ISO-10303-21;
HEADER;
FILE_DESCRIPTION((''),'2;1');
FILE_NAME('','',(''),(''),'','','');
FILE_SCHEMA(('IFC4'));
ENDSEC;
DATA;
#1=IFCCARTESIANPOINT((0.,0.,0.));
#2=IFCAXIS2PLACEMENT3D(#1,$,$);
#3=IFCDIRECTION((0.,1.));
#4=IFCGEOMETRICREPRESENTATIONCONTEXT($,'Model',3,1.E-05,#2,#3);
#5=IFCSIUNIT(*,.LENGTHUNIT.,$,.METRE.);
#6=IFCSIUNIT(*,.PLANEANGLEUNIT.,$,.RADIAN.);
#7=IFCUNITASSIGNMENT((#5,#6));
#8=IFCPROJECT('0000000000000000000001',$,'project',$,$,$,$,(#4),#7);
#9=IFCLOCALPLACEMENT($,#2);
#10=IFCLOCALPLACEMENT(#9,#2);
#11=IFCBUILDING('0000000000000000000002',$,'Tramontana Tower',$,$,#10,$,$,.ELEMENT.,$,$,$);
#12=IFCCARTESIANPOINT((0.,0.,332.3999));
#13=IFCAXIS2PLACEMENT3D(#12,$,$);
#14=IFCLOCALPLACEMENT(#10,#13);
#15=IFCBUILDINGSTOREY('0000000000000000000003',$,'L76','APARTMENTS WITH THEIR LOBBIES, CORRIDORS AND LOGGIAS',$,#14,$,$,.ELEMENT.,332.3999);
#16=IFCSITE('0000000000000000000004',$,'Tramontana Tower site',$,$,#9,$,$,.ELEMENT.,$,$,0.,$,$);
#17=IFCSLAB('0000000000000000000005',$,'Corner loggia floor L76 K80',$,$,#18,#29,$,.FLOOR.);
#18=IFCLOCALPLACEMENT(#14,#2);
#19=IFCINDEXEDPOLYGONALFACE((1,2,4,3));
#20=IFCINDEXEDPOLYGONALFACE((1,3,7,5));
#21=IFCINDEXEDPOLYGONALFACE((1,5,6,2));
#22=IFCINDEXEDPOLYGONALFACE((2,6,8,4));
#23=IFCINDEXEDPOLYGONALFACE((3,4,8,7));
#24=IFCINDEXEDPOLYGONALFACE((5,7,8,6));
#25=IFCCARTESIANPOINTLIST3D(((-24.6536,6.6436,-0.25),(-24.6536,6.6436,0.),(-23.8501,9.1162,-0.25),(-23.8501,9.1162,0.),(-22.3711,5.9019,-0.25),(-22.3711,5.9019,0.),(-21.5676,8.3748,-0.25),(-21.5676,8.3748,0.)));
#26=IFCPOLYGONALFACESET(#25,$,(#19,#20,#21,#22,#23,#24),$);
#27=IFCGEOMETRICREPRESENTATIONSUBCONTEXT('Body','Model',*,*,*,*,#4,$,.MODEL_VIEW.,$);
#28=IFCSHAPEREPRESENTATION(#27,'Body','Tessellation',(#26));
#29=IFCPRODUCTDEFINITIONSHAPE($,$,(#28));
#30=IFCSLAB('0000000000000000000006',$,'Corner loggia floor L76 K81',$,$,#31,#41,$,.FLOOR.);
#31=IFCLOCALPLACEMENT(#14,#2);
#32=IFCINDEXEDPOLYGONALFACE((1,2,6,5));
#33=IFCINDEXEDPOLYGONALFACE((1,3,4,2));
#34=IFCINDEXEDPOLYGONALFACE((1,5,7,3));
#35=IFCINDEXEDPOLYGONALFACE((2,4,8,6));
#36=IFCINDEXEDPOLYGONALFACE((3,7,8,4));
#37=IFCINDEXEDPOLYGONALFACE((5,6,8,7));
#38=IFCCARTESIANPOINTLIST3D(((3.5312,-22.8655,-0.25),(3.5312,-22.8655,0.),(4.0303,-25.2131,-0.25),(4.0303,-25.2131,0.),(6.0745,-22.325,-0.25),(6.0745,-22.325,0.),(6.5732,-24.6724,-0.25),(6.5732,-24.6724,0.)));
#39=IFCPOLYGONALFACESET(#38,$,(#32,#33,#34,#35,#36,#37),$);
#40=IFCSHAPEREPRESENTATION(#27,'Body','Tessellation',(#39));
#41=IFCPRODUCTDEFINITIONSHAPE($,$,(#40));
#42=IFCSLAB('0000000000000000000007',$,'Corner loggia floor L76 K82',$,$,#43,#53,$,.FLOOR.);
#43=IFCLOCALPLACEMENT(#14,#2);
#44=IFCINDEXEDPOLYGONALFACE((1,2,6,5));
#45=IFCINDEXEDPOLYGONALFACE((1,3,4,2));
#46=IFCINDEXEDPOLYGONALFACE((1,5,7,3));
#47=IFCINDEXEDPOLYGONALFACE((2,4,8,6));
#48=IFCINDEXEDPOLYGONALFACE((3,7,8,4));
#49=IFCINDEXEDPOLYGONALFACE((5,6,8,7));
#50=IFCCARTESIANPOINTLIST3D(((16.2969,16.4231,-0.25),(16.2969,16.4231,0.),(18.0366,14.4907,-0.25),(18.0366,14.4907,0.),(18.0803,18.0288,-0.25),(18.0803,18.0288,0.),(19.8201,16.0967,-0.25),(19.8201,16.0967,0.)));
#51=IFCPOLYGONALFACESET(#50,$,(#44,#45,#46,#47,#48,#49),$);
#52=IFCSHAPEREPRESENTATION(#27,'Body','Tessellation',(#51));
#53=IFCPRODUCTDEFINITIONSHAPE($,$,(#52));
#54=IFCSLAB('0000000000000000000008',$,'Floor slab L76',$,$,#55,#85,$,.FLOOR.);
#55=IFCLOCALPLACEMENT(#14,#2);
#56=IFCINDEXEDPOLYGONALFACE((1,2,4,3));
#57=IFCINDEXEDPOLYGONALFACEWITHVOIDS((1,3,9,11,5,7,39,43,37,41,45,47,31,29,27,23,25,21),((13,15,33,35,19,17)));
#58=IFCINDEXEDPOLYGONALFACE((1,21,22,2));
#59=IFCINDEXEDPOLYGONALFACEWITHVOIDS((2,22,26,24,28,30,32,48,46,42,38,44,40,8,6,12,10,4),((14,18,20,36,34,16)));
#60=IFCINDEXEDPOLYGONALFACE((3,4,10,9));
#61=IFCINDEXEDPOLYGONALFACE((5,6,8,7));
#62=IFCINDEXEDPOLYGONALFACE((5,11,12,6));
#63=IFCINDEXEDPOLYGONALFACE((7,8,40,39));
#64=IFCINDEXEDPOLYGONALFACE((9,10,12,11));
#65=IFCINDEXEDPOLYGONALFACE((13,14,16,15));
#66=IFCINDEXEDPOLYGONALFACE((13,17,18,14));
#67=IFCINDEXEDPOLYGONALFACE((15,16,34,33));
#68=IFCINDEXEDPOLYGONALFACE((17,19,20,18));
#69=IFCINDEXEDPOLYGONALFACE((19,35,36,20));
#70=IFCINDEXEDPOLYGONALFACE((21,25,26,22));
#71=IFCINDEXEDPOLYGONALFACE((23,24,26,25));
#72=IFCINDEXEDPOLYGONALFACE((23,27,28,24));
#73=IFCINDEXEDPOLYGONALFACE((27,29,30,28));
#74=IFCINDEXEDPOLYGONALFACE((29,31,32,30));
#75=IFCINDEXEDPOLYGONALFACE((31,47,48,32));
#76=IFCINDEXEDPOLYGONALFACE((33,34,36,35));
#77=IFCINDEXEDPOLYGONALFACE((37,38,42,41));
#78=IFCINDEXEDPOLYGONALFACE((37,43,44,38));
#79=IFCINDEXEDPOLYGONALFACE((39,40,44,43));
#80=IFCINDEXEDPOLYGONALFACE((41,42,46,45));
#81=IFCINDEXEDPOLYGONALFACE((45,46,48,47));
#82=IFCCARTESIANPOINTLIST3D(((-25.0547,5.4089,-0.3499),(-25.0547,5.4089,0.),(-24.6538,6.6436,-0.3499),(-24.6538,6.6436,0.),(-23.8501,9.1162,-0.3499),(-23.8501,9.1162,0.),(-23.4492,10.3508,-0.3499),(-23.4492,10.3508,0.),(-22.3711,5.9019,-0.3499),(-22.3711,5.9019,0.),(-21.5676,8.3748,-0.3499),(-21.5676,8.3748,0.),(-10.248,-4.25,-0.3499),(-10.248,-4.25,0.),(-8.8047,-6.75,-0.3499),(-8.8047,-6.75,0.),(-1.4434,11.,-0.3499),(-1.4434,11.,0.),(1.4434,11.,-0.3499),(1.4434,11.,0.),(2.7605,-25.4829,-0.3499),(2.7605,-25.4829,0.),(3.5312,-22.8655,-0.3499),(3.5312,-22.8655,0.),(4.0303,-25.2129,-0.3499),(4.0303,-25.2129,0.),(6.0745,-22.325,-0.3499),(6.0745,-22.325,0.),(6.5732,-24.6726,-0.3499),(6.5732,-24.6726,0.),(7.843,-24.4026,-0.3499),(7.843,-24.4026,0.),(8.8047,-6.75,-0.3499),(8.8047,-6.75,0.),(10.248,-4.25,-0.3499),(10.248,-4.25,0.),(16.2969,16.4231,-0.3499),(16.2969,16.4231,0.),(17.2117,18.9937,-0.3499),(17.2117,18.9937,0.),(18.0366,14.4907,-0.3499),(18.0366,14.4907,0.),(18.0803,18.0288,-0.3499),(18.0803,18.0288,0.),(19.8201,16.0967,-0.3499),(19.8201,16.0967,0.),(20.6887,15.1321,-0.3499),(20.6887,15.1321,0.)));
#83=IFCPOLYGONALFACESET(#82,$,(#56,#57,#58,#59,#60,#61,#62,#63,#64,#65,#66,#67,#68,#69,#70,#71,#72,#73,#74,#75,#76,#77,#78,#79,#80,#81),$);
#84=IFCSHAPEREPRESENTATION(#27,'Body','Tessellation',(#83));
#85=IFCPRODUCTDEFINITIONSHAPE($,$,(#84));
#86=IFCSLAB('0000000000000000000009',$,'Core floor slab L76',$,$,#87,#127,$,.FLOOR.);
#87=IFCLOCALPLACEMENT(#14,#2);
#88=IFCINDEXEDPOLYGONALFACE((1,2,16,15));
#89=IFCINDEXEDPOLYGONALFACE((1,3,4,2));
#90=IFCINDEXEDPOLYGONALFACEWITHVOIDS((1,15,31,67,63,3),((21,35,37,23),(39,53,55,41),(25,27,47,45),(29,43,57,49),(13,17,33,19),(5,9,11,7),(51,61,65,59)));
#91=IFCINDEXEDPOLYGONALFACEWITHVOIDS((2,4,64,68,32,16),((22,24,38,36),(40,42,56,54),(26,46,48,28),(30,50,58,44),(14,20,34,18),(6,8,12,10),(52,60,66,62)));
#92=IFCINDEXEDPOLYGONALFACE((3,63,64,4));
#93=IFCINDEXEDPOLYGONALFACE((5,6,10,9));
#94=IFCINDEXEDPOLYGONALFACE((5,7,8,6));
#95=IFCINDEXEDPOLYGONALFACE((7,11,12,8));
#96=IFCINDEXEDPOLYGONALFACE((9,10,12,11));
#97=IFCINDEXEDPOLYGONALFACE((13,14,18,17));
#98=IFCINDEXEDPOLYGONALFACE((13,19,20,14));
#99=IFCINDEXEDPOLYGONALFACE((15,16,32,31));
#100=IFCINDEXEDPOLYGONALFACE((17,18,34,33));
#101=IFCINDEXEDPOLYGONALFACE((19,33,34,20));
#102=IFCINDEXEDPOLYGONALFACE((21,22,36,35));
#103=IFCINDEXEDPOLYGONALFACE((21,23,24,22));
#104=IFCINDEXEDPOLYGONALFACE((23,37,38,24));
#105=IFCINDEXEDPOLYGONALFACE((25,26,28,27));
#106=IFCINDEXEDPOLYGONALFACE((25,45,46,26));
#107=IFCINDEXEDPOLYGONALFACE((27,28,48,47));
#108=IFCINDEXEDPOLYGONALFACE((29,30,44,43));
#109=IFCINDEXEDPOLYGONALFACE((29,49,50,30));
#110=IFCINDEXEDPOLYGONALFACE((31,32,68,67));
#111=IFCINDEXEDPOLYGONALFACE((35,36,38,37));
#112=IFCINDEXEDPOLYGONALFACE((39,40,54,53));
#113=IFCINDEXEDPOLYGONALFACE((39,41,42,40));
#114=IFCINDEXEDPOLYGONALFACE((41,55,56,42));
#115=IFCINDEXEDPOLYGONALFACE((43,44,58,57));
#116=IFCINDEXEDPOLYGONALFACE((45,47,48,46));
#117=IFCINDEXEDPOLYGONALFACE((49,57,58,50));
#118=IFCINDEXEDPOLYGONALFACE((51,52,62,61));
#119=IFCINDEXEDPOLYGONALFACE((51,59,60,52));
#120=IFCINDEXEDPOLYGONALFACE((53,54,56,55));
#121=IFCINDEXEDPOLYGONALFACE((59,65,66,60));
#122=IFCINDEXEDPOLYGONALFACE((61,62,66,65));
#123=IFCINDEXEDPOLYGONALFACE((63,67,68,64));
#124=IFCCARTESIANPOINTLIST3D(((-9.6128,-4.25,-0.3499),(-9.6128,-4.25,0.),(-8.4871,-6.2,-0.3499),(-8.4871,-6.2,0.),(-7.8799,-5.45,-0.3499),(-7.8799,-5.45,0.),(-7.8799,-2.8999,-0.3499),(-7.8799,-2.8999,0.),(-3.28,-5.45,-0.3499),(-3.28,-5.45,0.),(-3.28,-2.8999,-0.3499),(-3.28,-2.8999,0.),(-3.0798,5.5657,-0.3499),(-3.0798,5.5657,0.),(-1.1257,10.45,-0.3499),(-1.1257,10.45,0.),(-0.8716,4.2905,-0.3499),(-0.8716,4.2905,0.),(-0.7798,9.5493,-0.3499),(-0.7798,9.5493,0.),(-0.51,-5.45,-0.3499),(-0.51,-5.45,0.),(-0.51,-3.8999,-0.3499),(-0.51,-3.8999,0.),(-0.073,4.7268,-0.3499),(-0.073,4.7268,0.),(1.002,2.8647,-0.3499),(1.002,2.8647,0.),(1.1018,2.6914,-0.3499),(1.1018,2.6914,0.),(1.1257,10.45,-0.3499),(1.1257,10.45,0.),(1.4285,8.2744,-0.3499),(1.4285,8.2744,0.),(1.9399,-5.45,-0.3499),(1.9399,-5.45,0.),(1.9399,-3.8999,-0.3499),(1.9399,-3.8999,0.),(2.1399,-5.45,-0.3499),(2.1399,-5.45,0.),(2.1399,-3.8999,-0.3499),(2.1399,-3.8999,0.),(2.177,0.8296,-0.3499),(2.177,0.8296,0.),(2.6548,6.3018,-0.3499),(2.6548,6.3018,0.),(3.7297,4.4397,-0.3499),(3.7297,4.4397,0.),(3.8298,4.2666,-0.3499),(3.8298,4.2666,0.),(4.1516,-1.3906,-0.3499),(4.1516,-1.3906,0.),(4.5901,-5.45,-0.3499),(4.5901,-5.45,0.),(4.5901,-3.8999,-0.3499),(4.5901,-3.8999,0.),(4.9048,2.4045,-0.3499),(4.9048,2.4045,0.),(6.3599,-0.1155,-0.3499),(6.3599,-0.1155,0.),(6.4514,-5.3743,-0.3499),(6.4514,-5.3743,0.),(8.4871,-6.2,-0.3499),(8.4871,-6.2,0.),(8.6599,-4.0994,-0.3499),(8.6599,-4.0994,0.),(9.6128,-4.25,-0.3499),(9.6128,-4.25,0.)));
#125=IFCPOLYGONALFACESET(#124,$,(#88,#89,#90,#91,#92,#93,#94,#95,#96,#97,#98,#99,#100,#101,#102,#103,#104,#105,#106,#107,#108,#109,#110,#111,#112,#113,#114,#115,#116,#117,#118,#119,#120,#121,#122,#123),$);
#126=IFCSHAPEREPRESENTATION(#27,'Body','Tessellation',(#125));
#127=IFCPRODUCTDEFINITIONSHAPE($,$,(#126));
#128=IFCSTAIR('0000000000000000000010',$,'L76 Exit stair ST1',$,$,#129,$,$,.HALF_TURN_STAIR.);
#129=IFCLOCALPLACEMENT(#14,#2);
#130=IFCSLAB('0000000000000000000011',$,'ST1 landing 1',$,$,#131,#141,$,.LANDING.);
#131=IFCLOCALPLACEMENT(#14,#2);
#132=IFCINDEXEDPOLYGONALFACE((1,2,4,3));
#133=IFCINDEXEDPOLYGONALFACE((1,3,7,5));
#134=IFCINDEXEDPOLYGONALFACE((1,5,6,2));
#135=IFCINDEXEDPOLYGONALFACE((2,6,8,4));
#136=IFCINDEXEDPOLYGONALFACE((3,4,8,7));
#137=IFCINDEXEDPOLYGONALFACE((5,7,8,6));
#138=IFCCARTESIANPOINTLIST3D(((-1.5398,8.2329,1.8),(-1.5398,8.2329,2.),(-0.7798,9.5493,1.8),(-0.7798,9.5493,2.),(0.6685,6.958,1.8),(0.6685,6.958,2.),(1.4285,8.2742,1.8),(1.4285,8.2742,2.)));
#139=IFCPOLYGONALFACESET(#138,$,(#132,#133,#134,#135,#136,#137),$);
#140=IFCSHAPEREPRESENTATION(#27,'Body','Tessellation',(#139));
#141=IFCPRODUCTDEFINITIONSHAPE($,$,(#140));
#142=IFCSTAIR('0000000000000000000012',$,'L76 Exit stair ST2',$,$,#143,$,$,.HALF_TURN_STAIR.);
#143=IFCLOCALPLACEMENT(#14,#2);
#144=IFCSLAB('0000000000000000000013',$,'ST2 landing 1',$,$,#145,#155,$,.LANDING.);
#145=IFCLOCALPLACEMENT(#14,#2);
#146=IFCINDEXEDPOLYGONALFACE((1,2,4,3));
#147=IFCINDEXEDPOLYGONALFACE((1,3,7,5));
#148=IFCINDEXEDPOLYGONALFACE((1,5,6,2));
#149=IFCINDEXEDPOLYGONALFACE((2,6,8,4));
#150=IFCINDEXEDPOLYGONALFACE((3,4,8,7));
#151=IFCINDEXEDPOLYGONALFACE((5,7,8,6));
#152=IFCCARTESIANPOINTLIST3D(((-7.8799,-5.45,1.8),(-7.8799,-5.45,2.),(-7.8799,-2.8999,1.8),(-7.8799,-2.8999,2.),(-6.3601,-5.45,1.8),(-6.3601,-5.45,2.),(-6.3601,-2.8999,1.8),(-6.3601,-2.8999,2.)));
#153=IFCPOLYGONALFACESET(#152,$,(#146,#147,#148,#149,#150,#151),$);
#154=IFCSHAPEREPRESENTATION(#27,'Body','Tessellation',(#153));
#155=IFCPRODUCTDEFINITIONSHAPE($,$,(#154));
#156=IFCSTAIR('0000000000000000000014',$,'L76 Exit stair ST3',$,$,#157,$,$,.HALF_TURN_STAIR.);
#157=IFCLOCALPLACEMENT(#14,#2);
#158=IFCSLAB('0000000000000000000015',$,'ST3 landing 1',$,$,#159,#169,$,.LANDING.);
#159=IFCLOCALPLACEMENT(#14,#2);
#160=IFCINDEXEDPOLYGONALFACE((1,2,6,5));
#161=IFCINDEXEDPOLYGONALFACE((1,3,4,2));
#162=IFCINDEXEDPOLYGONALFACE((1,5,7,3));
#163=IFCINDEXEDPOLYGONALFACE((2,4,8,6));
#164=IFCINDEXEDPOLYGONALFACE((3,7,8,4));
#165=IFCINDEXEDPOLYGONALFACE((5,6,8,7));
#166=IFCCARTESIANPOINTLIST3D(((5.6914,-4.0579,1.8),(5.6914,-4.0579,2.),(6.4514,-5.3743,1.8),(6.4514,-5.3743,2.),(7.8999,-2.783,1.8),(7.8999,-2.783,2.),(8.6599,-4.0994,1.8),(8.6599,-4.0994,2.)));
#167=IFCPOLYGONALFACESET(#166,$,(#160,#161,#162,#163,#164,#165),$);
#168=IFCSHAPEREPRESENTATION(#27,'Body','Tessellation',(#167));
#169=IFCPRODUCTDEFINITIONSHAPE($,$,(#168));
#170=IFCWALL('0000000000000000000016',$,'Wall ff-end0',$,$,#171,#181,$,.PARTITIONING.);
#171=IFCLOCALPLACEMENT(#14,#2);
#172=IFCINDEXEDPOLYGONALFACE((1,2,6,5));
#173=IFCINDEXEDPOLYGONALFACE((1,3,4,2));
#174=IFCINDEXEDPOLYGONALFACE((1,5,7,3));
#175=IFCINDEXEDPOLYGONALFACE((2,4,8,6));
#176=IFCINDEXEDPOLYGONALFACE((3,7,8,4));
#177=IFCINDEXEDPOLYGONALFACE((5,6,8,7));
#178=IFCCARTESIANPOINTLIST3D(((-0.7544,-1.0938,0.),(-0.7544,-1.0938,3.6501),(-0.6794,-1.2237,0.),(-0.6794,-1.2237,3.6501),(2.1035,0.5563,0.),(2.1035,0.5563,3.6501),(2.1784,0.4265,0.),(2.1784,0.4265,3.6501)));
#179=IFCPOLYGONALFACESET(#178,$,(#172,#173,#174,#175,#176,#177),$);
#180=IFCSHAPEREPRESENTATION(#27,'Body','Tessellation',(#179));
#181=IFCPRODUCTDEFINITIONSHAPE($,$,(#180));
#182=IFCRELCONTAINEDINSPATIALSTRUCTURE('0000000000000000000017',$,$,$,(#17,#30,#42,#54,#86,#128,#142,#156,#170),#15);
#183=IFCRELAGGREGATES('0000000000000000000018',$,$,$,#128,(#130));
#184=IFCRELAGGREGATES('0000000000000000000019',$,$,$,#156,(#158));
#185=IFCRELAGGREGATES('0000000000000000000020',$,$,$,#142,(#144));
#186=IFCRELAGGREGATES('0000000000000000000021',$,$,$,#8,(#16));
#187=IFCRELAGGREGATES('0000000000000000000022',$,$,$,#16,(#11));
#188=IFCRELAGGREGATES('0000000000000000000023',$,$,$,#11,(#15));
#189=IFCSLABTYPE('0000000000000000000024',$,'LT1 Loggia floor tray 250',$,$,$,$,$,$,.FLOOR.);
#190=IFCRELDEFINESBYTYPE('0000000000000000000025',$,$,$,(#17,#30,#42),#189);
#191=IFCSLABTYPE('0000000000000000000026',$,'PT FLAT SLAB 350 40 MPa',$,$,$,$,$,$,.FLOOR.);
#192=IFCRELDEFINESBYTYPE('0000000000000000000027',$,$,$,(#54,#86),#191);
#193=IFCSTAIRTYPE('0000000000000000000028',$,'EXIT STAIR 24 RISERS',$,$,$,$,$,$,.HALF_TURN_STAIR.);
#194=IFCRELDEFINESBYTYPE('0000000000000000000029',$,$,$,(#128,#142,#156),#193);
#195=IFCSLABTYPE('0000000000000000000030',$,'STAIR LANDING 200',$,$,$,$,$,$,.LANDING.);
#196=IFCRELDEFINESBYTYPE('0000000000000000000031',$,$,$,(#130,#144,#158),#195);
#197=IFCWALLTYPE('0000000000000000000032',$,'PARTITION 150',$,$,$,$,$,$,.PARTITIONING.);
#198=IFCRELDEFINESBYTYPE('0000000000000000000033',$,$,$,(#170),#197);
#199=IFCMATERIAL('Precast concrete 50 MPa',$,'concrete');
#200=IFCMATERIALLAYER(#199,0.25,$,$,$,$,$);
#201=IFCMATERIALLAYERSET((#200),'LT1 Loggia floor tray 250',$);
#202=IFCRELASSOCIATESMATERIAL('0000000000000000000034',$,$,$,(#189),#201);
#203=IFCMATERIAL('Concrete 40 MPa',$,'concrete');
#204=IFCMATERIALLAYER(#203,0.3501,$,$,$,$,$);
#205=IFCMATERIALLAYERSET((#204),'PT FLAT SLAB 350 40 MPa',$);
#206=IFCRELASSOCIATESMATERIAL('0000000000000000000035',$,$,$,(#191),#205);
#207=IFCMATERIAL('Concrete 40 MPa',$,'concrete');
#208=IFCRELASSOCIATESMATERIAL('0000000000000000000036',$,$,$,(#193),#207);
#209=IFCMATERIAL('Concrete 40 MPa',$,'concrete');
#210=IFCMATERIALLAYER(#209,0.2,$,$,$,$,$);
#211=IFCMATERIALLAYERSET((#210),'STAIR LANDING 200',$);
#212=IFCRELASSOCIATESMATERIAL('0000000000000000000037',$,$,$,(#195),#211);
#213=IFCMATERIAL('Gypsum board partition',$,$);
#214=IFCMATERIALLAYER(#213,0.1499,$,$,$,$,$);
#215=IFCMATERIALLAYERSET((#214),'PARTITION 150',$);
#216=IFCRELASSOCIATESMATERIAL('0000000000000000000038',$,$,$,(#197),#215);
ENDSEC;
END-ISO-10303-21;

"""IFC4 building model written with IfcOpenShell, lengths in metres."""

from ifc_helpers import new_model, si_unit, direction, frame, frame_2d, origin, place, context, subcontext, project, spatial, polyline, rectangle, outline, extrude, material, layer, layer_set, type_object, element, aggregate, save


model = new_model("IFC4")

# Units and contexts
model_context = context("Model", 3, precision=1e-05, world=origin(), true_north=direction((0.0, 1.0)))
body_context = subcontext(model_context, "Body", "Model", "MODEL_VIEW")
ifc_project = project(units=[si_unit("LENGTHUNIT", "METRE"), si_unit("PLANEANGLEUNIT", "RADIAN")], contexts=[model_context])

# Site, building, storey
site_placement = place(None, origin())
site = spatial("IfcSite", under=ifc_project, at=site_placement, Name="Tramontana Tower site", CompositionType="ELEMENT", RefElevation=0.0)
building_placement = place(site_placement, origin())
building = spatial("IfcBuilding", under=site, at=building_placement, Name="Tramontana Tower", CompositionType="ELEMENT")
storey_placement = place(building_placement, frame((0.0, 0.0, 332.3999)))
storey = spatial("IfcBuildingStorey", under=building, at=storey_placement, Name="L76", Description="APARTMENTS WITH THEIR LOBBIES, CORRIDORS AND LOGGIAS", CompositionType="ELEMENT", Elevation=332.3999)

# Slabs
ifc_material_1 = material(Name="Precast concrete 50 MPa", Category="concrete")
ifc_layer_1 = layer(ifc_material_1, 0.25)
ifc_layer_set_1 = layer_set([ifc_layer_1], Name="LT1 Loggia floor tray 250")
slab_type_1 = type_object("IfcSlabType", Name="LT1 Loggia floor tray 250", PredefinedType="FLOOR", material=ifc_layer_set_1)
slab_1_placement = place(storey_placement, frame((0.0, 0.0, -0.25)))
element("IfcSlab", 1, at=slab_1_placement, inside=storey, type_object=slab_type_1, Name="Corner loggia floor L76 K80", PredefinedType="FLOOR", context=body_context, shape_type="SweptSolid", body=[
    extrude(outline(polyline([(-23.8501, 9.1162), (-21.5676, 8.3748), (-22.3711, 5.9019), (-24.6536, 6.6436), (-23.8501, 9.1162)])), origin(), (0.0, 0.0, 1.0), 0.25),
])
slab_2_placement = place(storey_placement, frame((0.0, 0.0, -0.25)))
element("IfcSlab", 2, at=slab_2_placement, inside=storey, type_object=slab_type_1, Name="Corner loggia floor L76 K81", PredefinedType="FLOOR", context=body_context, shape_type="SweptSolid", body=[
    extrude(outline(polyline([(4.0303, -25.2131), (3.5312, -22.8655), (6.0745, -22.325), (6.5732, -24.6724), (4.0303, -25.2131)])), origin(), (0.0, 0.0, 1.0), 0.25),
])
slab_3_placement = place(storey_placement, frame((0.0, 0.0, -0.25)))
element("IfcSlab", 3, at=slab_3_placement, inside=storey, type_object=slab_type_1, Name="Corner loggia floor L76 K82", PredefinedType="FLOOR", context=body_context, shape_type="SweptSolid", body=[
    extrude(outline(polyline([(19.8201, 16.0967), (18.0366, 14.4907), (16.2969, 16.4231), (18.0803, 18.0288), (19.8201, 16.0967)])), origin(), (0.0, 0.0, 1.0), 0.25),
])
ifc_material_2 = material(Name="Concrete 40 MPa", Category="concrete")
ifc_layer_2 = layer(ifc_material_2, 0.3501)
ifc_layer_set_2 = layer_set([ifc_layer_2], Name="PT FLAT SLAB 350 40 MPa")
slab_type_2 = type_object("IfcSlabType", Name="PT FLAT SLAB 350 40 MPa", PredefinedType="FLOOR", material=ifc_layer_set_2)
slab_4_placement = place(storey_placement, frame((0.0, 0.0, -0.3499)))
element("IfcSlab", 4, at=slab_4_placement, inside=storey, type_object=slab_type_2, Name="Floor slab L76", PredefinedType="FLOOR", context=body_context, shape_type="SweptSolid", body=[
    extrude(outline(polyline([(18.0803, 18.0288), (16.2969, 16.4231), (18.0366, 14.4907), (19.8201, 16.0967), (20.6887, 15.1321), (7.843, -24.4026), (6.5732, -24.6726), (6.0745, -22.325), (3.5312, -22.8655), (4.0303, -25.2129), (2.7605, -25.4829), (-25.0547, 5.4089), (-24.6538, 6.6436), (-22.3711, 5.9019), (-21.5676, 8.3748), (-23.8501, 9.1162), (-23.4492, 10.3508), (17.2117, 18.9937), (18.0803, 18.0288)]), holes=[polyline([(-10.248, -4.25), (-8.8047, -6.75), (8.8047, -6.75), (10.248, -4.25), (1.4434, 11.0), (-1.4434, 11.0), (-10.248, -4.25)])]), origin(), (0.0, 0.0, 1.0), 0.3499),
])
slab_5_placement = place(storey_placement, frame((0.0, 0.0, -0.3499)))
element("IfcSlab", 5, at=slab_5_placement, inside=storey, type_object=slab_type_2, Name="Core floor slab L76", PredefinedType="FLOOR", context=body_context, shape_type="SweptSolid", body=[
    extrude(outline(polyline([(9.6128, -4.25), (8.4871, -6.2), (-8.4871, -6.2), (-9.6128, -4.25), (-1.1257, 10.45), (1.1257, 10.45), (9.6128, -4.25)]), holes=[polyline([(8.6599, -4.0994), (6.3599, -0.1155), (4.1516, -1.3906), (6.4514, -5.3743), (8.6599, -4.0994)]), polyline([(3.8298, 4.2666), (1.1018, 2.6914), (2.177, 0.8296), (4.9048, 2.4045), (3.8298, 4.2666)]), polyline([(4.5901, -3.8999), (2.1399, -3.8999), (2.1399, -5.45), (4.5901, -5.45), (4.5901, -3.8999)]), polyline([(2.6548, 6.3018), (-0.073, 4.7268), (1.002, 2.8647), (3.7297, 4.4397), (2.6548, 6.3018)]), polyline([(1.9399, -5.45), (1.9399, -3.8999), (-0.51, -3.8999), (-0.51, -5.45), (1.9399, -5.45)]), polyline([(-0.7798, 9.5493), (-3.0798, 5.5657), (-0.8716, 4.2905), (1.4285, 8.2744), (-0.7798, 9.5493)]), polyline([(-7.8799, -5.45), (-3.28, -5.45), (-3.28, -2.8999), (-7.8799, -2.8999), (-7.8799, -5.45)])]), origin(), (0.0, 0.0, 1.0), 0.3499),
])

# Stairs, slabs
ifc_material_3 = material(Name="Concrete 40 MPa", Category="concrete")
stair_type = type_object("IfcStairType", Name="EXIT STAIR 24 RISERS", PredefinedType="HALF_TURN_STAIR", material=ifc_material_3)
stair_1_placement = place(storey_placement, origin())
stair_1 = element("IfcStair", 6, at=stair_1_placement, inside=storey, type_object=stair_type, Name="L76 Exit stair ST1", PredefinedType="HALF_TURN_STAIR")
ifc_material_4 = material(Name="Concrete 40 MPa", Category="concrete")
ifc_layer_3 = layer(ifc_material_4, 0.2)
ifc_layer_set_3 = layer_set([ifc_layer_3], Name="STAIR LANDING 200")
slab_type_3 = type_object("IfcSlabType", Name="STAIR LANDING 200", PredefinedType="LANDING", material=ifc_layer_set_3)
slab_6_placement = place(storey_placement, frame((0.0, 0.0, 1.8)))
slab_6 = element("IfcSlab", 7, at=slab_6_placement, type_object=slab_type_3, Name="ST1 landing 1", PredefinedType="LANDING", context=body_context, shape_type="SweptSolid", body=[
    extrude(outline(polyline([(0.6685, 6.958), (1.4285, 8.2742), (-0.7798, 9.5493), (-1.5398, 8.2329), (0.6685, 6.958)])), origin(), (0.0, 0.0, 1.0), 0.2),
])
aggregate(stair_1, [slab_6])
stair_2_placement = place(storey_placement, origin())
stair_2 = element("IfcStair", 8, at=stair_2_placement, inside=storey, type_object=stair_type, Name="L76 Exit stair ST2", PredefinedType="HALF_TURN_STAIR")
slab_7_placement = place(storey_placement, frame((0.0, 0.0, 1.8)))
slab_7 = element("IfcSlab", 9, at=slab_7_placement, type_object=slab_type_3, Name="ST2 landing 1", PredefinedType="LANDING", context=body_context, shape_type="SweptSolid", body=[
    extrude(outline(polyline([(-6.3601, -2.8999), (-7.8799, -2.8999), (-7.8799, -5.45), (-6.3601, -5.45), (-6.3601, -2.8999)])), origin(), (0.0, 0.0, 1.0), 0.2),
])
stair_3_placement = place(storey_placement, origin())
stair_3 = element("IfcStair", 10, at=stair_3_placement, inside=storey, type_object=stair_type, Name="L76 Exit stair ST3", PredefinedType="HALF_TURN_STAIR")
slab_8_placement = place(storey_placement, frame((0.0, 0.0, 1.8)))
slab_8 = element("IfcSlab", 11, at=slab_8_placement, type_object=slab_type_3, Name="ST3 landing 1", PredefinedType="LANDING", context=body_context, shape_type="SweptSolid", body=[
    extrude(outline(polyline([(5.6914, -4.0579), (6.4514, -5.3743), (8.6599, -4.0994), (7.8999, -2.783), (5.6914, -4.0579)])), origin(), (0.0, 0.0, 1.0), 0.2),
])
aggregate(stair_3, [slab_8])

# Shared definitions
ifc_material_5 = material(Name="Gypsum board partition")
ifc_layer_4 = layer(ifc_material_5, 0.1499)
ifc_layer_set_4 = layer_set([ifc_layer_4], Name="PARTITION 150")
wall_type_1 = type_object("IfcWallType", Name="PARTITION 150", PredefinedType="PARTITIONING", material=ifc_layer_set_4)

# Wall
wall_1_placement = place(storey_placement, frame((-0.7168, -1.1587, 0.0), z_axis=(0.0, 0.0, 1.0), x_axis=(0.866008, 0.50003, 0.0)))
element("IfcWall", 12, at=wall_1_placement, inside=storey, type_object=wall_type_1, Name="Wall ff-end0", PredefinedType="PARTITIONING", context=body_context, shape_type="SweptSolid", body=[
    extrude(rectangle(XDim=3.3, YDim=0.1499, at=frame_2d((1.6499, 0.0))), origin(), (0.0, 0.0, 1.0), 3.6501),
])

aggregate(stair_2, [slab_7])

save(model, "model.ifc")
